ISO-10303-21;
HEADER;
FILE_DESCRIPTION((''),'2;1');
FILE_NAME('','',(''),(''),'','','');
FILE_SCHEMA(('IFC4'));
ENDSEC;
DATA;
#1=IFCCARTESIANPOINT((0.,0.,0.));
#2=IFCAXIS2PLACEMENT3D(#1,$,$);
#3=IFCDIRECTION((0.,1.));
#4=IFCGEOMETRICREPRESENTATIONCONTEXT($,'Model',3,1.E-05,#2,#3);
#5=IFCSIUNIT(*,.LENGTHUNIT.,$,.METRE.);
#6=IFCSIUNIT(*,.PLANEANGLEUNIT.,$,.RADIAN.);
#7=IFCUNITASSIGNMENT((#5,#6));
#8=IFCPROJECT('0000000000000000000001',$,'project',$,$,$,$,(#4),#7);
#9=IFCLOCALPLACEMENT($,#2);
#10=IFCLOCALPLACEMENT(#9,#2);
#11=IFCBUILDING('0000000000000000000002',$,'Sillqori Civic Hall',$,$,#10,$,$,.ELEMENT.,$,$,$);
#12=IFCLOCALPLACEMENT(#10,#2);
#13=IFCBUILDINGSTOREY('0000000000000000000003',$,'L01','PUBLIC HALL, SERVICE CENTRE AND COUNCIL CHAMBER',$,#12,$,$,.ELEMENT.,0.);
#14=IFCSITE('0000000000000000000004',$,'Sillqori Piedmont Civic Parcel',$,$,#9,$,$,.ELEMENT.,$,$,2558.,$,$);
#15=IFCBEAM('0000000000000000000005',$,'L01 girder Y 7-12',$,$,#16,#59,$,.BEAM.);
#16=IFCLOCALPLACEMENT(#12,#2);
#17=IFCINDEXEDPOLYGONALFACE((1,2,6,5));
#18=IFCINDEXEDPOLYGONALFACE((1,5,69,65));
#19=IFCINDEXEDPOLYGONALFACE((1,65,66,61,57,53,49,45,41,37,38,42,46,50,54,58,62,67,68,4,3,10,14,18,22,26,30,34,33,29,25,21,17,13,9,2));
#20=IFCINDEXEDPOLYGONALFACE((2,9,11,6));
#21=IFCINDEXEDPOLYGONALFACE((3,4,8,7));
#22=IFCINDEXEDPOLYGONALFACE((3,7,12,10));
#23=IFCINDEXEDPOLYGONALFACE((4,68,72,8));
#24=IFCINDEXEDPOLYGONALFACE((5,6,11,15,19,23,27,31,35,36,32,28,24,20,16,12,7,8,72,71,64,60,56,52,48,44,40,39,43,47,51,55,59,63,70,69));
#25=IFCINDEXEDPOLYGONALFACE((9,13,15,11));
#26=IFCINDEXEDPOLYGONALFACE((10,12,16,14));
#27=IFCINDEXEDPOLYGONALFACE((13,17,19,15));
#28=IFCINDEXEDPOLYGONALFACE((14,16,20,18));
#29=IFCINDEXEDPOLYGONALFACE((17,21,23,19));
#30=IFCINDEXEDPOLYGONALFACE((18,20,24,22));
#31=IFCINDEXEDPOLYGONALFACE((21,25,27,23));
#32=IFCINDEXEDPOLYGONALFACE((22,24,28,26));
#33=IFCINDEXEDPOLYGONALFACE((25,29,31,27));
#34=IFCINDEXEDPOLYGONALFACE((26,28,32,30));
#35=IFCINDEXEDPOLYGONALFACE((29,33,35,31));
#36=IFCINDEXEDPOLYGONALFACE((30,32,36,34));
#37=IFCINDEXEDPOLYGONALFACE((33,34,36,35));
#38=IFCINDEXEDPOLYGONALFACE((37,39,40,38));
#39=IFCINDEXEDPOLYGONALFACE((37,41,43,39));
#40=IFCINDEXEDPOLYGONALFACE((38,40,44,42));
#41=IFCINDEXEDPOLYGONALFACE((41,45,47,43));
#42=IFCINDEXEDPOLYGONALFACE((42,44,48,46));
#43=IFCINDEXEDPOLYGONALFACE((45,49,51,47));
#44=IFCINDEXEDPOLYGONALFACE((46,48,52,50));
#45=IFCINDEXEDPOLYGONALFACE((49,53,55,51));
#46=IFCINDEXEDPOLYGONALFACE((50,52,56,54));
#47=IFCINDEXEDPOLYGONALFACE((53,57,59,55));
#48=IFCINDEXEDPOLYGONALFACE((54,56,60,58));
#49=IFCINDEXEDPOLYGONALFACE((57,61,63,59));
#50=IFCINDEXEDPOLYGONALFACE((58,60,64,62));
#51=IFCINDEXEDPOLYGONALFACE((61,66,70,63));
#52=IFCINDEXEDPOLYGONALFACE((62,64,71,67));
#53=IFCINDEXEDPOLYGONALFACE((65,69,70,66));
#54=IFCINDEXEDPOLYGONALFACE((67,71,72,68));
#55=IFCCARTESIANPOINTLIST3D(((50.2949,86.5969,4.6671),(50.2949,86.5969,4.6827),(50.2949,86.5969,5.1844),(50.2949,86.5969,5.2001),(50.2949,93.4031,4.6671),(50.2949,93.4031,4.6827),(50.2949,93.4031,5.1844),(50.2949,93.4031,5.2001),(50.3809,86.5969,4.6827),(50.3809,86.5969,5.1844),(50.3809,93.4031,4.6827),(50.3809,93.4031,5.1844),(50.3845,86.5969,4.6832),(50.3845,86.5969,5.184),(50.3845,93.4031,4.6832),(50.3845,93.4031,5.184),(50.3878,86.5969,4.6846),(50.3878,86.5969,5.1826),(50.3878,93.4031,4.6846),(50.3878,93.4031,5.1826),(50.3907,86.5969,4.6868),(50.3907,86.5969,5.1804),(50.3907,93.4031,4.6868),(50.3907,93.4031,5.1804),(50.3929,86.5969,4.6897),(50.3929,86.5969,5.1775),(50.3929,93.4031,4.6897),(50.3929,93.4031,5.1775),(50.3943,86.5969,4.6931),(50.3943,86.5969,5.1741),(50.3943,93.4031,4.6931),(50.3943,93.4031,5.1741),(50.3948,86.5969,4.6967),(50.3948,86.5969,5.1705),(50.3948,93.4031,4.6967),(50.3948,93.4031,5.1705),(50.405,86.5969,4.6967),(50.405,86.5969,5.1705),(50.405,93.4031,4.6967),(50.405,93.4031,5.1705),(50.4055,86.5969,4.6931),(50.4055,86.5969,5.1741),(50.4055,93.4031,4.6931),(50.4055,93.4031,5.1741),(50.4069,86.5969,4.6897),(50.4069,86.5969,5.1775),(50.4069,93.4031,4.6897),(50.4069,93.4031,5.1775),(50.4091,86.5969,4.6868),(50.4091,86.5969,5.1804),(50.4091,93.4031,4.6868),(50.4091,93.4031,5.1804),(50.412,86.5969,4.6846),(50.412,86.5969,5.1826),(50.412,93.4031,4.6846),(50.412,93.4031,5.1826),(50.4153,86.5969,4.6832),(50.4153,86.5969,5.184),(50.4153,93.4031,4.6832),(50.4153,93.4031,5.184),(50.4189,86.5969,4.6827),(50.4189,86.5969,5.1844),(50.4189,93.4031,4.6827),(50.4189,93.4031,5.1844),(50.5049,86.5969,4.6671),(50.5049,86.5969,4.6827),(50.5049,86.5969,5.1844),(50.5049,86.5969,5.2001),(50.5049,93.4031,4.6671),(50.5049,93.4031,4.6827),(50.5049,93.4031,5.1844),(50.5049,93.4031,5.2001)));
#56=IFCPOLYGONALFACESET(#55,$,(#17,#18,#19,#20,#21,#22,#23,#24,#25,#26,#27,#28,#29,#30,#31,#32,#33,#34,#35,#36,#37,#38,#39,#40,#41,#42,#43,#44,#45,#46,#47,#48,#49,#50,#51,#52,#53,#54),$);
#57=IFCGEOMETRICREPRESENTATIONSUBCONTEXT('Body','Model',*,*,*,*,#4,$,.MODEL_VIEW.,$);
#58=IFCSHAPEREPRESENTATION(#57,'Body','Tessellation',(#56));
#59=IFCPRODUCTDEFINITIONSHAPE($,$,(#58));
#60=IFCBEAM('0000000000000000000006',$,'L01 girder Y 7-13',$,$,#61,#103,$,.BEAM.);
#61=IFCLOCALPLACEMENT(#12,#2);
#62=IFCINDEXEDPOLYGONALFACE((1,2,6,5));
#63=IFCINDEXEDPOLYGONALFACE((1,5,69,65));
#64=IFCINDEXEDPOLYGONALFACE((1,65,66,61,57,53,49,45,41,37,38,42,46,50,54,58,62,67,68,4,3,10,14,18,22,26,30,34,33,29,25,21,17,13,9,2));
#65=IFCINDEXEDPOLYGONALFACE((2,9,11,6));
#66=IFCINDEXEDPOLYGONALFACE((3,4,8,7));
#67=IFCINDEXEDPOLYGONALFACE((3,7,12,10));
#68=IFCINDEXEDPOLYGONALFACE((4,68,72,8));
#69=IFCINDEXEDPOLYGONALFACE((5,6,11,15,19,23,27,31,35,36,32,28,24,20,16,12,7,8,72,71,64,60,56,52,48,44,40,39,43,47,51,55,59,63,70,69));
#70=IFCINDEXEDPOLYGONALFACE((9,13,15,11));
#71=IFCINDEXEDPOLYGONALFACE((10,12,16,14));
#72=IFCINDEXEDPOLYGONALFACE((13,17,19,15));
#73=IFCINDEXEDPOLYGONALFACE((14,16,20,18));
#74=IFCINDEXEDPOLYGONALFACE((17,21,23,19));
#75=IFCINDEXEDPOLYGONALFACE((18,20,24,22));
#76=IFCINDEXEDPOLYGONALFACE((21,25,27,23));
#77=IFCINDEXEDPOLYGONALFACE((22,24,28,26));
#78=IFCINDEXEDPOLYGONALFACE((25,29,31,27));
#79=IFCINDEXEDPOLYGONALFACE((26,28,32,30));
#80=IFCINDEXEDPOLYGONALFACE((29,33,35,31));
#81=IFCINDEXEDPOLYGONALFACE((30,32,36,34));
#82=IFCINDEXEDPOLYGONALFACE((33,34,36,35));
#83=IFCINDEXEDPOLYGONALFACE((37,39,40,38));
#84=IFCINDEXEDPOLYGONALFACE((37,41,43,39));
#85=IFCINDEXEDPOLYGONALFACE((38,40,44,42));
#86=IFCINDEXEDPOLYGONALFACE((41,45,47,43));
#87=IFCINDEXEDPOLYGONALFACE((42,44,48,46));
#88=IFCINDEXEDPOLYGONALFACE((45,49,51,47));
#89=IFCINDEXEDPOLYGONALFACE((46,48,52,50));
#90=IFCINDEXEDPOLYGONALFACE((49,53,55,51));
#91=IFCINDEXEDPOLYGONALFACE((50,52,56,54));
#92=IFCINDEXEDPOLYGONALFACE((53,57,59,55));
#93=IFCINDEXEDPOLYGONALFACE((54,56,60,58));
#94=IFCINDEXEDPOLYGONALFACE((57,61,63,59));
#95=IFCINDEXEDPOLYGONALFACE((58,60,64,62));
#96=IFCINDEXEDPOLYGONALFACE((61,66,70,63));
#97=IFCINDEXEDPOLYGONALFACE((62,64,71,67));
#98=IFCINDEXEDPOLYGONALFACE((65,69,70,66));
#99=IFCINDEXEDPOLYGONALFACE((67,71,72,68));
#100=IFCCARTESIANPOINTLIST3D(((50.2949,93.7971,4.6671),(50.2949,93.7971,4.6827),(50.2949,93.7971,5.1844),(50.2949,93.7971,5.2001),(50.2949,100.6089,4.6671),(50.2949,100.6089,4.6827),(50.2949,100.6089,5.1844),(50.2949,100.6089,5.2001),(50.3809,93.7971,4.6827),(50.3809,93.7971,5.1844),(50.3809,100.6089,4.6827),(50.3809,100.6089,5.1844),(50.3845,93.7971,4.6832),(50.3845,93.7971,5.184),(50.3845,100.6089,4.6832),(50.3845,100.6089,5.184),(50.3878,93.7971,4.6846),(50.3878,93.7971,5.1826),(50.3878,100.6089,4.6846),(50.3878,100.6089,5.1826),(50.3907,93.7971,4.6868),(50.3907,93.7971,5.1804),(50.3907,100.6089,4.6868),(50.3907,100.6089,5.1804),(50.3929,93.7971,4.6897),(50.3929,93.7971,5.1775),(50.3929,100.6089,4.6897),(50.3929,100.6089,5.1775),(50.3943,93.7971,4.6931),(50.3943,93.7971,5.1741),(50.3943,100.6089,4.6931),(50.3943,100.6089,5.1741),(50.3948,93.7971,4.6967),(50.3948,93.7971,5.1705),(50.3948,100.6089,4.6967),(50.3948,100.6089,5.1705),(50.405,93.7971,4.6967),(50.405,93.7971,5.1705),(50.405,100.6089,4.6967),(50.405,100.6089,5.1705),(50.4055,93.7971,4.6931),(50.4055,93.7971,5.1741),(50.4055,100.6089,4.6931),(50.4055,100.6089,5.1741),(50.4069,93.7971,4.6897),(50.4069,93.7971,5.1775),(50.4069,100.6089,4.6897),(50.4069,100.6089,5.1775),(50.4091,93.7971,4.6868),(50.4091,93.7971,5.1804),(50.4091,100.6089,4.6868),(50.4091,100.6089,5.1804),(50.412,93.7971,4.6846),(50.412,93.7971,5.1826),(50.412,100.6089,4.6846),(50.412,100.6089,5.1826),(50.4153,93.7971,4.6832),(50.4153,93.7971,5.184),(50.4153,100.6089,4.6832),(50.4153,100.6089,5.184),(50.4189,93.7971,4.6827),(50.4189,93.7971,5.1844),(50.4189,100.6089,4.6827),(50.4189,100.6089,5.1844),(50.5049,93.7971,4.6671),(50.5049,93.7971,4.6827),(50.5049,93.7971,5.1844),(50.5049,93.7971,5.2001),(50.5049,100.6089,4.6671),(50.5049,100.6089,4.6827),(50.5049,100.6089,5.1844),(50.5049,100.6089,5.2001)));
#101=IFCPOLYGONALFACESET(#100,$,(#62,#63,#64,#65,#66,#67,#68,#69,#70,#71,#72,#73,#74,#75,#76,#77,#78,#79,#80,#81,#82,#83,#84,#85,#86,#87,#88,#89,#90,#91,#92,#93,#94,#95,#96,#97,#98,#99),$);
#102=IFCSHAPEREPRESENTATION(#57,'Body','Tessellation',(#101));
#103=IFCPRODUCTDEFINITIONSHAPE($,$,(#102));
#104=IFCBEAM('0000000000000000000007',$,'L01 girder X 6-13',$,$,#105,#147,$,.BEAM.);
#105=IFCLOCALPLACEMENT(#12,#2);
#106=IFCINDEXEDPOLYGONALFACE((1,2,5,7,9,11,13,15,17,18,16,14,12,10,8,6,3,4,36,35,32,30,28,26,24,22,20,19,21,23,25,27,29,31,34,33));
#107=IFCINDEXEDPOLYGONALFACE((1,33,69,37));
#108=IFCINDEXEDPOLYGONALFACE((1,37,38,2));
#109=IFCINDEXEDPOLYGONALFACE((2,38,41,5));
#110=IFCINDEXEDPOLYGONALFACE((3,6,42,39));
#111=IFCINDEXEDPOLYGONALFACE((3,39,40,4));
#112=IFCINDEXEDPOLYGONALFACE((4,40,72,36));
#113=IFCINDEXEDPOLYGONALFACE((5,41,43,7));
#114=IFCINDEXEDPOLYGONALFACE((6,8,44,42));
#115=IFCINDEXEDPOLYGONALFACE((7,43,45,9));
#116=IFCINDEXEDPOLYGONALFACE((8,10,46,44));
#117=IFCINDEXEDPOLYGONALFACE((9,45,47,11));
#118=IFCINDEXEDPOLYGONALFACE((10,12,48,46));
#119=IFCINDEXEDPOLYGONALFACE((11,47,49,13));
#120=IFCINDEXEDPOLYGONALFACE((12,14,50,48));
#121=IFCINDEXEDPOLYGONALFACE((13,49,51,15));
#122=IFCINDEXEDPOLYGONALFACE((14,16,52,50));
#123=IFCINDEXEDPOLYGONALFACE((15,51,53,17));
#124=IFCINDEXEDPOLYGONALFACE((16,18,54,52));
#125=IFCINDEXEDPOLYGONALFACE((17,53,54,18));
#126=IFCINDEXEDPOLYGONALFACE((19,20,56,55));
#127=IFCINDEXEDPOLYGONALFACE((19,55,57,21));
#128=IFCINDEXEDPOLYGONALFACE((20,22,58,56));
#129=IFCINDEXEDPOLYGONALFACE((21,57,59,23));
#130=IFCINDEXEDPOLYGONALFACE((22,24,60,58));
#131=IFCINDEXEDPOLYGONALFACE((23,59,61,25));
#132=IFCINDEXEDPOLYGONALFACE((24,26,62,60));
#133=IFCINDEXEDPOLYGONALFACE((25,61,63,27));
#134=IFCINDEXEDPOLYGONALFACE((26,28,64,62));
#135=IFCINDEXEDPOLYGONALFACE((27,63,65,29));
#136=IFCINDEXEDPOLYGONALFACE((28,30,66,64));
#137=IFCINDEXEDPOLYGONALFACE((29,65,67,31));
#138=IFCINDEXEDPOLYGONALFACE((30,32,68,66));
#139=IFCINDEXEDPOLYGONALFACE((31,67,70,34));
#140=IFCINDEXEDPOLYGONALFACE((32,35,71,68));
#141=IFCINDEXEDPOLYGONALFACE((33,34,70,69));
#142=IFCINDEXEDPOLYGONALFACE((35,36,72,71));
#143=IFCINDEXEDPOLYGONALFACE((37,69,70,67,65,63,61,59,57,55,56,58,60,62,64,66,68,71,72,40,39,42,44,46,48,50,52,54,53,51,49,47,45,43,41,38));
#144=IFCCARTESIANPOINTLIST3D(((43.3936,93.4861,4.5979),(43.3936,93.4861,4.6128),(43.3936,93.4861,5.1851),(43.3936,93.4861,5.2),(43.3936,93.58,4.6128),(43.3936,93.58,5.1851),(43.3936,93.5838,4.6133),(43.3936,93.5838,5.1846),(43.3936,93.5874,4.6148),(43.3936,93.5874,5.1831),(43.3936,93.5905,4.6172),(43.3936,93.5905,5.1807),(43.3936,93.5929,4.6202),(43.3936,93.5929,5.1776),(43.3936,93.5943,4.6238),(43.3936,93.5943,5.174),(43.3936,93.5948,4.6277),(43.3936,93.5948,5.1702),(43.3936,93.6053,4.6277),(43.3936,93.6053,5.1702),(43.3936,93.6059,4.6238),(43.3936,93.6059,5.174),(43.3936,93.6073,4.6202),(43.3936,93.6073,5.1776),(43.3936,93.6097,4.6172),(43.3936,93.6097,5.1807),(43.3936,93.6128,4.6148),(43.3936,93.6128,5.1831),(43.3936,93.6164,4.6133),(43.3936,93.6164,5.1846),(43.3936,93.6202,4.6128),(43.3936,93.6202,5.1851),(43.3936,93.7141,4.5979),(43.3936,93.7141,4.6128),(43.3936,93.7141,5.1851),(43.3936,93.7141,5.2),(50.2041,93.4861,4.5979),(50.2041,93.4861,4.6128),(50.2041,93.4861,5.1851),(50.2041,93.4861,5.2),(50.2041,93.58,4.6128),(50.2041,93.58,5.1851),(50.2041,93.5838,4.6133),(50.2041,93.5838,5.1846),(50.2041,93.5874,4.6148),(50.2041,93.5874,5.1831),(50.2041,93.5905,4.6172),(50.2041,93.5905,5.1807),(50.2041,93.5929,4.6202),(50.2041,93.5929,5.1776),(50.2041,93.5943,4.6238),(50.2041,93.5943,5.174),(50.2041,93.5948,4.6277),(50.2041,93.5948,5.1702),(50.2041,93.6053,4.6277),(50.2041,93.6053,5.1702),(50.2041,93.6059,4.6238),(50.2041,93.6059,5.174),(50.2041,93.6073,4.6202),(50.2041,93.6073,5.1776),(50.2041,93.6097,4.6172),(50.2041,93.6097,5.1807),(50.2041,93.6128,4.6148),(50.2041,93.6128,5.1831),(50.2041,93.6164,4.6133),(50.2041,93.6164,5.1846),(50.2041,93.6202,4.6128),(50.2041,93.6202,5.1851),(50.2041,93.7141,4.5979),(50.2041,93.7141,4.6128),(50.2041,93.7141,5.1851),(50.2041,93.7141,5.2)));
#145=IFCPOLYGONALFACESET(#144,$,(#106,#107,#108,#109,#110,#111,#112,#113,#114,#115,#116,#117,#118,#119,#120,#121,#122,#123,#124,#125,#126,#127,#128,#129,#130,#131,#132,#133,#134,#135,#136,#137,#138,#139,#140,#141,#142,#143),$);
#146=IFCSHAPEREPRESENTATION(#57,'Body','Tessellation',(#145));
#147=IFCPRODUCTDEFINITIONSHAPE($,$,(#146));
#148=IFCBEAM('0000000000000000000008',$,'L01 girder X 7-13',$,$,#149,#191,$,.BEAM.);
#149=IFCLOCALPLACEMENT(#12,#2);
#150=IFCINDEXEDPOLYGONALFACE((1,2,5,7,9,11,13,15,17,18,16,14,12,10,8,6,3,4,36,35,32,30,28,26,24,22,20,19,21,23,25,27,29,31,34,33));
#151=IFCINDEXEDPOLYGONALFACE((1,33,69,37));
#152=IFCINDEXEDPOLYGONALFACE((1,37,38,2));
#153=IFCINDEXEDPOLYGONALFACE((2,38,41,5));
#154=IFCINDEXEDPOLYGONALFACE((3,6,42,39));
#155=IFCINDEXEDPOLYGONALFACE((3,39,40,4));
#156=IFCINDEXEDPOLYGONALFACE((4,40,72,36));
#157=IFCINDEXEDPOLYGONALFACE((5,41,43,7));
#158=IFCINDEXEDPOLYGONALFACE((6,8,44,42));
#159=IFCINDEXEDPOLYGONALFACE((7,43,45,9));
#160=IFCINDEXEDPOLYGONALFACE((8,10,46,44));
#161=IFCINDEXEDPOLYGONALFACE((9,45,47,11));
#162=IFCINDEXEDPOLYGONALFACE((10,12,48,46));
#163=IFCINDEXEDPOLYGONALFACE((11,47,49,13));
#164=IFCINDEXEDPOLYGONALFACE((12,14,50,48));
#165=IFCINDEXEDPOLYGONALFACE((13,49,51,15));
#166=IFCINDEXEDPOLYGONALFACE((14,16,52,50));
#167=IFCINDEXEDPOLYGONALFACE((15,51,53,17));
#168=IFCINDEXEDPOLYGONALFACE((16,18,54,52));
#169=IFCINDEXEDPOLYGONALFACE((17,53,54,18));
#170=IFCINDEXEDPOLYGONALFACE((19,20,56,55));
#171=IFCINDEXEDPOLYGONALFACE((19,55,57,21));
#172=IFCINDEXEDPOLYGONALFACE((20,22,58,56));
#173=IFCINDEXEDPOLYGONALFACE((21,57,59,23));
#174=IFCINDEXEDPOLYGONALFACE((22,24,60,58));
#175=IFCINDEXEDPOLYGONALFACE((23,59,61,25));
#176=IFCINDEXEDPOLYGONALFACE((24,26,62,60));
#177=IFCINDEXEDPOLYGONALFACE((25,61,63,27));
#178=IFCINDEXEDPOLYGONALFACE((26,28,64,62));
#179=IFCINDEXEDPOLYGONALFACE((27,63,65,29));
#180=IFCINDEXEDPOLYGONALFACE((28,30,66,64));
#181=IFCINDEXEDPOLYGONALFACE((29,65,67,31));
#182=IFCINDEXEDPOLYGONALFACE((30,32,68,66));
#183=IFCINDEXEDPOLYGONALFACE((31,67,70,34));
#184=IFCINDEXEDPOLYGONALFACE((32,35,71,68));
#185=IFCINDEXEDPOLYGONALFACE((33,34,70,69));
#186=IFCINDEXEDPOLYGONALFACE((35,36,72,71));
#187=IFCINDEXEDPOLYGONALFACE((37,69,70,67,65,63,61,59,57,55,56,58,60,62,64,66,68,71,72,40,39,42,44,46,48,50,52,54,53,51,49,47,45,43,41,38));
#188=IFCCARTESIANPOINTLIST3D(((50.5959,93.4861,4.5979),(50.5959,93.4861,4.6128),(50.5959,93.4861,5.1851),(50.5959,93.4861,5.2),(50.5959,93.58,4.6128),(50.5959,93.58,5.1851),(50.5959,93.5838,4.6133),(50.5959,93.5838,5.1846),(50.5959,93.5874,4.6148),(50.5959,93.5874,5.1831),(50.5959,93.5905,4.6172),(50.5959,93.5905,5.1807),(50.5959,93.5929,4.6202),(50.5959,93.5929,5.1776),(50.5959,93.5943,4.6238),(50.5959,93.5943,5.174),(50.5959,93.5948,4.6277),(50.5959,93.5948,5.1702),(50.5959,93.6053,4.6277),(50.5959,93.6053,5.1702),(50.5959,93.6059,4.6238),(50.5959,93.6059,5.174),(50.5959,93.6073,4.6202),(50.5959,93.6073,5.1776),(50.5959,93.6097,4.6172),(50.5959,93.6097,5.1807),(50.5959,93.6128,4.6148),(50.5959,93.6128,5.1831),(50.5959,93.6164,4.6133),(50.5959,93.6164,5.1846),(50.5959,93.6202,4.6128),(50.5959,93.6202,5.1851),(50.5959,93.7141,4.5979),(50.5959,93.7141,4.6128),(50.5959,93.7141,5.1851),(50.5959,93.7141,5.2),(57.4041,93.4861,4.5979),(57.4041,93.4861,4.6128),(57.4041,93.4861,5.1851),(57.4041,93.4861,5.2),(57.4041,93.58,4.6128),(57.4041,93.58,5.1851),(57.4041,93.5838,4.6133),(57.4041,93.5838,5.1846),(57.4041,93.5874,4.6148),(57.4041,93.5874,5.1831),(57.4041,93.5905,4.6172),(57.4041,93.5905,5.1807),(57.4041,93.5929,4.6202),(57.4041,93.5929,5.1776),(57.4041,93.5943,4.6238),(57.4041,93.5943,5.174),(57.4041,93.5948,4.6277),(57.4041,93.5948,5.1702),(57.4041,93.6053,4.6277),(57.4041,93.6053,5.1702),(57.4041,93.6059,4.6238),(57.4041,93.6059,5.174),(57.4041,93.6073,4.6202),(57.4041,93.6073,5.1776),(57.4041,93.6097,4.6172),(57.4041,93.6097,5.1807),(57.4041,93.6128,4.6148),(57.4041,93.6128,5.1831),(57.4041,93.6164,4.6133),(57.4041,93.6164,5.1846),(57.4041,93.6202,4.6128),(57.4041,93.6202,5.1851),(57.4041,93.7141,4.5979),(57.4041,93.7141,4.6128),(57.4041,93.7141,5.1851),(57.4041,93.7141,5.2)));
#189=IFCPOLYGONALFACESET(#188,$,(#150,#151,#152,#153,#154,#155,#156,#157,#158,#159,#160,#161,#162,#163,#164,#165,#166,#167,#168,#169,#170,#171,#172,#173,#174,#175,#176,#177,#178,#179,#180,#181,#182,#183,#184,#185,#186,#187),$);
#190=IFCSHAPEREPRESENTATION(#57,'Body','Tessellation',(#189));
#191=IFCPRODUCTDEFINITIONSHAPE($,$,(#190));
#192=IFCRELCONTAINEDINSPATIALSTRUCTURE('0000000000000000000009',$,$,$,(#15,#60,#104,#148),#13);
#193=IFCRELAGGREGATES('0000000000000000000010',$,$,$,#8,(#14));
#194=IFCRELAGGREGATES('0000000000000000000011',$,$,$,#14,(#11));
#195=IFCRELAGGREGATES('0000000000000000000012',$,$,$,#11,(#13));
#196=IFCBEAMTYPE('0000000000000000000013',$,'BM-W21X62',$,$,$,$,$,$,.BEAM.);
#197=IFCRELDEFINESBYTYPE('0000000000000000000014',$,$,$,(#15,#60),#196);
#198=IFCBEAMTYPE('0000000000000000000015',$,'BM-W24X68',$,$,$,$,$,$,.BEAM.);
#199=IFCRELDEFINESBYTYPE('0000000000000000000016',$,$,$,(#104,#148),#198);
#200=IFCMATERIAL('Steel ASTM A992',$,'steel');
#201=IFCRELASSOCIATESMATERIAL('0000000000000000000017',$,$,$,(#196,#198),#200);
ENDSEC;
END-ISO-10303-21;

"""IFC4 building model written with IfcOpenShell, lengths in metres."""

from ifc_helpers import new_model, si_unit, direction, frame, origin, origin_2d, place, context, subcontext, project, spatial, i_section, extrude, material, material_profile, profile_set, type_object, element, save


model = new_model("IFC4")

# Units and contexts
model_context = context("Model", 3, precision=1e-05, world=origin(), true_north=direction((0.0, 1.0)))
body_context = subcontext(model_context, "Body", "Model", "MODEL_VIEW")
ifc_project = project(units=[si_unit("LENGTHUNIT", "METRE"), si_unit("PLANEANGLEUNIT", "RADIAN")], contexts=[model_context])

# Site, building, storey
site_placement = place(None, origin())
site = spatial("IfcSite", under=ifc_project, at=site_placement, Name="Sillqori Piedmont Civic Parcel", CompositionType="ELEMENT", RefElevation=2558.0)
building_placement = place(site_placement, origin())
building = spatial("IfcBuilding", under=site, at=building_placement, Name="Sillqori Civic Hall", CompositionType="ELEMENT")
storey_placement = place(building_placement, origin())
storey = spatial("IfcBuildingStorey", under=building, at=storey_placement, Name="L01", Description="PUBLIC HALL, SERVICE CENTRE AND COUNCIL CHAMBER", CompositionType="ELEMENT", Elevation=0.0)

# Shared definitions
ifc_material_1 = material(Name="Steel ASTM A992", Category="steel")

# Beams
ifc_material_profile_1 = material_profile(ifc_material_1, i_section(OverallWidth=0.21, OverallDepth=0.533, WebThickness=0.0103, FlangeThickness=0.0156, FilletRadius=0.0139, at=origin_2d()), Name="W21X62")
ifc_profile_set_1 = profile_set([ifc_material_profile_1], Name="Steel ASTM A992")
beam_type_1 = type_object("IfcBeamType", Name="BM-W21X62", PredefinedType="BEAM", material=ifc_profile_set_1)
beam_1_placement = place(storey_placement, frame((50.3999, 86.5969, 4.9336), z_axis=(0.0, 1.0, 0.0), x_axis=(-1.0, 0.0, 0.0)))
element("IfcBeam", 1, at=beam_1_placement, inside=storey, type_object=beam_type_1, Name="L01 girder Y 7-12", PredefinedType="BEAM", context=body_context, shape_type="SweptSolid", body=[
    extrude(i_section(OverallWidth=0.21, OverallDepth=0.533, WebThickness=0.0103, FlangeThickness=0.0156, FilletRadius=0.0139, at=origin_2d()), origin(), (0.0, 0.0, 1.0), 6.8062),
])
beam_2_placement = place(storey_placement, frame((50.3999, 93.7971, 4.9336), z_axis=(0.0, 1.0, 0.0), x_axis=(-1.0, 0.0, 0.0)))
element("IfcBeam", 2, at=beam_2_placement, inside=storey, type_object=beam_type_1, Name="L01 girder Y 7-13", PredefinedType="BEAM", context=body_context, shape_type="SweptSolid", body=[
    extrude(i_section(OverallWidth=0.21, OverallDepth=0.533, WebThickness=0.0103, FlangeThickness=0.0156, FilletRadius=0.0139, at=origin_2d()), origin(), (0.0, 0.0, 1.0), 6.8118),
])
ifc_material_profile_2 = material_profile(ifc_material_1, i_section(OverallWidth=0.228, OverallDepth=0.6021, WebThickness=0.0105, FlangeThickness=0.0149, FilletRadius=0.0149, at=origin_2d()), Name="W24X68")
ifc_profile_set_2 = profile_set([ifc_material_profile_2], Name="Steel ASTM A992")
beam_type_2 = type_object("IfcBeamType", Name="BM-W24X68", PredefinedType="BEAM", material=ifc_profile_set_2)
beam_3_placement = place(storey_placement, frame((43.3936, 93.6001, 4.8989), z_axis=(1.0, 0.0, 0.0), x_axis=(0.0, 1.0, 0.0)))
element("IfcBeam", 3, at=beam_3_placement, inside=storey, type_object=beam_type_2, Name="L01 girder X 6-13", PredefinedType="BEAM", context=body_context, shape_type="SweptSolid", body=[
    extrude(i_section(OverallWidth=0.228, OverallDepth=0.6021, WebThickness=0.0105, FlangeThickness=0.0149, FilletRadius=0.0149, at=origin_2d()), origin(), (0.0, 0.0, 1.0), 6.8105),
])
beam_4_placement = place(storey_placement, frame((50.5959, 93.6001, 4.8989), z_axis=(1.0, 0.0, 0.0), x_axis=(0.0, 1.0, 0.0)))
element("IfcBeam", 4, at=beam_4_placement, inside=storey, type_object=beam_type_2, Name="L01 girder X 7-13", PredefinedType="BEAM", context=body_context, shape_type="SweptSolid", body=[
    extrude(i_section(OverallWidth=0.228, OverallDepth=0.6021, WebThickness=0.0105, FlangeThickness=0.0149, FilletRadius=0.0149, at=origin_2d()), origin(), (0.0, 0.0, 1.0), 6.8081),
])

save(model, "model.ifc")
